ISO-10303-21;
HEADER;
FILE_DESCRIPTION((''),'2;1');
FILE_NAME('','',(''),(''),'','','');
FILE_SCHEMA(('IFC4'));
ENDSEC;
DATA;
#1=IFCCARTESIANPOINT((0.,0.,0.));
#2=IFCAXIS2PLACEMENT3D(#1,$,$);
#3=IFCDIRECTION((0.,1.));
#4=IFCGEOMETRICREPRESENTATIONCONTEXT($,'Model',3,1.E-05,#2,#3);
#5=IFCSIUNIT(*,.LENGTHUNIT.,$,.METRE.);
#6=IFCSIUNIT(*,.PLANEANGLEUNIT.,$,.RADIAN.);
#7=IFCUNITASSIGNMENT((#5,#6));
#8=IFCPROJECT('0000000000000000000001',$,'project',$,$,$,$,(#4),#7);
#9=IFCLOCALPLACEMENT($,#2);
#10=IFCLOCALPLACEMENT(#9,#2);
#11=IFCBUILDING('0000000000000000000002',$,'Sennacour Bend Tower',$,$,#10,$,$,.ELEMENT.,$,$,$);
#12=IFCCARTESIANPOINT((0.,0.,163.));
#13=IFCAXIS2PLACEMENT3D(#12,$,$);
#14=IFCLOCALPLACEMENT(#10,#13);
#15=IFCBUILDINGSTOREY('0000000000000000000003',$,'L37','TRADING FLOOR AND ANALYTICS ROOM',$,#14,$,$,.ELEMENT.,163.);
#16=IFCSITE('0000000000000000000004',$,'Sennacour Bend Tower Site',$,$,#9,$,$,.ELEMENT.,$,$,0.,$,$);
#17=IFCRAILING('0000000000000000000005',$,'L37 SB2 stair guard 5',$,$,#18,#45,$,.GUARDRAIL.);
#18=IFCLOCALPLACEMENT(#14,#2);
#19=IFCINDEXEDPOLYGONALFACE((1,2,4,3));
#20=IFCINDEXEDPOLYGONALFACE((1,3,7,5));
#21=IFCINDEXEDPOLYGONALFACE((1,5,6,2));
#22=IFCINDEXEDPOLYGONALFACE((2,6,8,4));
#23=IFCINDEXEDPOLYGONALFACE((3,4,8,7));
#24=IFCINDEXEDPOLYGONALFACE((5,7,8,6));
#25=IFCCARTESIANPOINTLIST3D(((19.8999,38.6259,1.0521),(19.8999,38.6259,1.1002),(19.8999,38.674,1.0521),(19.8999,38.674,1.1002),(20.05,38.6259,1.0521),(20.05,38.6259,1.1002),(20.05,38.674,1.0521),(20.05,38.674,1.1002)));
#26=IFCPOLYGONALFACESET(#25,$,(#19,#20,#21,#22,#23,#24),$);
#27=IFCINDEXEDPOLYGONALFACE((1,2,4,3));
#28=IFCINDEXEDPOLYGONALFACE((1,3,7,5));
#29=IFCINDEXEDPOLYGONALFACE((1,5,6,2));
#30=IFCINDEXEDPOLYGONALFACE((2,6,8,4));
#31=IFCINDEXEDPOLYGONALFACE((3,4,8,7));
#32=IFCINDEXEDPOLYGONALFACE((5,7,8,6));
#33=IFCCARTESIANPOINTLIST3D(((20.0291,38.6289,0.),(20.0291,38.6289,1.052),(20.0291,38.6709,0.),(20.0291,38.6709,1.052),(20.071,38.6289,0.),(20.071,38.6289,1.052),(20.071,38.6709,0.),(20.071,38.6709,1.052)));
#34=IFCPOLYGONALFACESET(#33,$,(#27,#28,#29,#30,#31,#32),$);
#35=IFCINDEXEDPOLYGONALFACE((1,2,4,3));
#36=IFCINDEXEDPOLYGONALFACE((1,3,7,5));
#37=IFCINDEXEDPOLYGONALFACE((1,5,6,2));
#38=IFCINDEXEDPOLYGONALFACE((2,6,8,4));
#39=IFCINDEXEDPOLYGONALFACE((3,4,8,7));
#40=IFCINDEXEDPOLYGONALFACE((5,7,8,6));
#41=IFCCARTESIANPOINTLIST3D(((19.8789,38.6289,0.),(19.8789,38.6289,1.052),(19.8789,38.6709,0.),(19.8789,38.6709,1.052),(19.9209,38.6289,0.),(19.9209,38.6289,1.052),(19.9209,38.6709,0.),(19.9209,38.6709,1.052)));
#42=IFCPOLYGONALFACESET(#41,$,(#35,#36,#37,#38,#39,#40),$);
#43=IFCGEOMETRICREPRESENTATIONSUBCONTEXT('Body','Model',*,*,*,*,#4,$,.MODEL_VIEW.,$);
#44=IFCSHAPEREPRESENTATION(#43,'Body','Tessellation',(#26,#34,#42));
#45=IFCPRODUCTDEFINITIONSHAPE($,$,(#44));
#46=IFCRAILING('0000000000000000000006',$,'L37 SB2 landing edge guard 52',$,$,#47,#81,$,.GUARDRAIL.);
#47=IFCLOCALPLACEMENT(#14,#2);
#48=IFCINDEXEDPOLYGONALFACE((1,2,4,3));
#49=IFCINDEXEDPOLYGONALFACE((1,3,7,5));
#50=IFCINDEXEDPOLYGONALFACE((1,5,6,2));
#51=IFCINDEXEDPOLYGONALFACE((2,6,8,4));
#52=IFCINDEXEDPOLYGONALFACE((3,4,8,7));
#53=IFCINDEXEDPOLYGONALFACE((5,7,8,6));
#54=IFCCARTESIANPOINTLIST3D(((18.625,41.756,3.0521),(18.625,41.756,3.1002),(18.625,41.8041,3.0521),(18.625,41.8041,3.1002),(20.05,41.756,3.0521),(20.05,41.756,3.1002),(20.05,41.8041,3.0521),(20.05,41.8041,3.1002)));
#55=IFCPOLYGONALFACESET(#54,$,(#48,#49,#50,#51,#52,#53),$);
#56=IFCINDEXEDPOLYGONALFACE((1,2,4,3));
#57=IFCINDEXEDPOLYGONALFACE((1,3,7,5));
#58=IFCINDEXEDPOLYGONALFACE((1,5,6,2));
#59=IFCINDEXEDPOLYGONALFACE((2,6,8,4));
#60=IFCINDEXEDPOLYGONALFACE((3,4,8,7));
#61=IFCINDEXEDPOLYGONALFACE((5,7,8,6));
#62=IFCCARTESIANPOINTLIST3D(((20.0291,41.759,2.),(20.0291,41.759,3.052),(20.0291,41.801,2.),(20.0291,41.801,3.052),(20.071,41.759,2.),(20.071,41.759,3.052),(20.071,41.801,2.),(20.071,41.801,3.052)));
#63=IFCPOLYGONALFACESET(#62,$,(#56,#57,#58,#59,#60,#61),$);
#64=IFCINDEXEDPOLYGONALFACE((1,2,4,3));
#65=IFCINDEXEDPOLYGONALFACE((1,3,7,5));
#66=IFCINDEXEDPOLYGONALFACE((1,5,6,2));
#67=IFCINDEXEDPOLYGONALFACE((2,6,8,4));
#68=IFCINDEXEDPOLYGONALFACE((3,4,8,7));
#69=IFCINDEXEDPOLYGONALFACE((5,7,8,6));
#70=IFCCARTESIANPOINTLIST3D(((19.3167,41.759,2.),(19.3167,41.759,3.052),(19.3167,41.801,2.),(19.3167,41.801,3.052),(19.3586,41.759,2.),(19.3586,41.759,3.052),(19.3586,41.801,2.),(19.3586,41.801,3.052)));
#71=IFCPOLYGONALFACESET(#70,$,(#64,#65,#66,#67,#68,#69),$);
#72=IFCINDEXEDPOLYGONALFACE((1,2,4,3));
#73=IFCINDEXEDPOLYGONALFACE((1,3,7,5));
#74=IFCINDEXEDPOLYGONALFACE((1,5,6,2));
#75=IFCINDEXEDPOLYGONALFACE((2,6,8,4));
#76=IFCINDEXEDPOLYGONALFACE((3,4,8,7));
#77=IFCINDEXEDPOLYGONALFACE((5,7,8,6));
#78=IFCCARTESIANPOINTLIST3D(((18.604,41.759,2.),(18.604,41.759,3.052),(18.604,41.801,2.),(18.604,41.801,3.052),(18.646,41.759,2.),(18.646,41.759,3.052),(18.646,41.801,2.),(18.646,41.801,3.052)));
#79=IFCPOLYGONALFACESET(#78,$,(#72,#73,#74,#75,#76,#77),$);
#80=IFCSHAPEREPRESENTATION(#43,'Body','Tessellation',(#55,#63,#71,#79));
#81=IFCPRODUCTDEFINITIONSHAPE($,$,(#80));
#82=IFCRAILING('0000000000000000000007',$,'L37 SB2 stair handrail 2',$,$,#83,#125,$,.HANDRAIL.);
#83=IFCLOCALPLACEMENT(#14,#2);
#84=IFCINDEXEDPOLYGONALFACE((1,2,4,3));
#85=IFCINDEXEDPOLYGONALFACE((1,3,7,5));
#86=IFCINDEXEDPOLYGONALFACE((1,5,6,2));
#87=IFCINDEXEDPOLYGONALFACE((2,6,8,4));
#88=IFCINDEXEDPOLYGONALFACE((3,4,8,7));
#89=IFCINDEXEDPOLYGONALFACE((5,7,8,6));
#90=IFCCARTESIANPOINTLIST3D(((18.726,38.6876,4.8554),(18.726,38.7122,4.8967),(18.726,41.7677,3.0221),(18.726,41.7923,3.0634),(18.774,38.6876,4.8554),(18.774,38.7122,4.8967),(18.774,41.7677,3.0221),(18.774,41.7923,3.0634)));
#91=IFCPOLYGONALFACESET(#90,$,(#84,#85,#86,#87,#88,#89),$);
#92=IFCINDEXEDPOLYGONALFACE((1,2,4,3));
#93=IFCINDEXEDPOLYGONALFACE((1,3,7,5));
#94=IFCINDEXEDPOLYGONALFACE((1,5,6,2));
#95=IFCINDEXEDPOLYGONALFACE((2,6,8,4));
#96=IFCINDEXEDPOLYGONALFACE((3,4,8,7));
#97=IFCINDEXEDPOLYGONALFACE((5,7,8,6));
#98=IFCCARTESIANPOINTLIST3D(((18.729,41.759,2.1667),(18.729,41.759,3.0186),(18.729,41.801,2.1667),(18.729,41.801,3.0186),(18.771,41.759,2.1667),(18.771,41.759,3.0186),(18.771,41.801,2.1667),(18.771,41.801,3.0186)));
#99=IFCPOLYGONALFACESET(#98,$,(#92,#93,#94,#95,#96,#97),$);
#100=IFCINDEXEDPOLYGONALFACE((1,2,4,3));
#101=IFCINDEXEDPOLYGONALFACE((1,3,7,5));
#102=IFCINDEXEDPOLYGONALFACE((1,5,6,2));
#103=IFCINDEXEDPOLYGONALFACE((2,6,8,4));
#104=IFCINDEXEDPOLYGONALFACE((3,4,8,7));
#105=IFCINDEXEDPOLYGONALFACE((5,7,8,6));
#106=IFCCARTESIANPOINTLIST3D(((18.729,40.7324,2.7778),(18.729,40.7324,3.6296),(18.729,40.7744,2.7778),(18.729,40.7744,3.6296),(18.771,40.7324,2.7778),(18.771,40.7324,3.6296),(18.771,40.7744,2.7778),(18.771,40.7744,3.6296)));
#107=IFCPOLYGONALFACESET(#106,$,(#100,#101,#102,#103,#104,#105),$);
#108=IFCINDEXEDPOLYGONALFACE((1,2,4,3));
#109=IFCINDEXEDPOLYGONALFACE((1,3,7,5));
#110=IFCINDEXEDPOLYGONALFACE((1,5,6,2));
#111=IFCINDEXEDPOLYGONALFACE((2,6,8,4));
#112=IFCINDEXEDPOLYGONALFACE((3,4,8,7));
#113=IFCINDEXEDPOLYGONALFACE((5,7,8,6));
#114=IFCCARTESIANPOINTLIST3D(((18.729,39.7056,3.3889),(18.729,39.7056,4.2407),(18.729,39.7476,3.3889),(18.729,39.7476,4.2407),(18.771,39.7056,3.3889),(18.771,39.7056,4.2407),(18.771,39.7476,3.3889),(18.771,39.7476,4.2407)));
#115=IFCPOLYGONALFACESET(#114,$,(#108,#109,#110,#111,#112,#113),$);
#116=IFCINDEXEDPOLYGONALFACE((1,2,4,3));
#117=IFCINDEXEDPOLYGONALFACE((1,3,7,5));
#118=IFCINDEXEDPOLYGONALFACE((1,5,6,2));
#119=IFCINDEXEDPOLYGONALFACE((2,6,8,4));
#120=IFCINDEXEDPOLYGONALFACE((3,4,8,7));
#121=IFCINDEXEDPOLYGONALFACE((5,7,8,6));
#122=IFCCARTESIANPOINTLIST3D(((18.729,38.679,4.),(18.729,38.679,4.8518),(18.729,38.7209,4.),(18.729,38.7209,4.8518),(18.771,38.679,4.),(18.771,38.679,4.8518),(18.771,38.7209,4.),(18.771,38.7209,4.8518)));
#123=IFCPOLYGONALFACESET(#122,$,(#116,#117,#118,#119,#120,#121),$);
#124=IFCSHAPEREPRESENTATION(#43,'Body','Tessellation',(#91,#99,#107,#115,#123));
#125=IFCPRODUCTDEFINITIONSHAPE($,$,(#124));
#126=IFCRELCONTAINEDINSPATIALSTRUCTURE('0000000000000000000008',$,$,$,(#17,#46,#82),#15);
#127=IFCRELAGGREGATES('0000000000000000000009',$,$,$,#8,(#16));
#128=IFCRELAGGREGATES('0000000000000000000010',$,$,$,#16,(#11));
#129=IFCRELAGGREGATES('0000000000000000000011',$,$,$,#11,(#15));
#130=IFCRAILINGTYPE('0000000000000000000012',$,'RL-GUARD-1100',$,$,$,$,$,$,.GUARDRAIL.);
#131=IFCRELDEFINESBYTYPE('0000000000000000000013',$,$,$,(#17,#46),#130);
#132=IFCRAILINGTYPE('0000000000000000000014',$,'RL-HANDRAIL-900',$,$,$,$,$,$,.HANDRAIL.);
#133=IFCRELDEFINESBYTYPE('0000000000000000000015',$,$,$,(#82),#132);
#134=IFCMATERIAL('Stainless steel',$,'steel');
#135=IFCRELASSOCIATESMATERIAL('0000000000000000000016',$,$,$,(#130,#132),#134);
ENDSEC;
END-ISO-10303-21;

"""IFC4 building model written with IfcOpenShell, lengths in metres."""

from ifc_helpers import new_model, si_unit, direction, frame, origin, origin_2d, place, context, subcontext, project, spatial, rectangle, extrude, material, type_object, element, save


model = new_model("IFC4")

# Units and contexts
model_context = context("Model", 3, precision=1e-05, world=origin(), true_north=direction((0.0, 1.0)))
body_context = subcontext(model_context, "Body", "Model", "MODEL_VIEW")
ifc_project = project(units=[si_unit("LENGTHUNIT", "METRE"), si_unit("PLANEANGLEUNIT", "RADIAN")], contexts=[model_context])

# Site, building, storey
site_placement = place(None, origin())
site = spatial("IfcSite", under=ifc_project, at=site_placement, Name="Sennacour Bend Tower Site", CompositionType="ELEMENT", RefElevation=0.0)
building_placement = place(site_placement, origin())
building = spatial("IfcBuilding", under=site, at=building_placement, Name="Sennacour Bend Tower", CompositionType="ELEMENT")
storey_placement = place(building_placement, frame((0.0, 0.0, 163.0)))
storey = spatial("IfcBuildingStorey", under=building, at=storey_placement, Name="L37", Description="TRADING FLOOR AND ANALYTICS ROOM", CompositionType="ELEMENT", Elevation=163.0)

# Shared definitions
ifc_material_1 = material(Name="Stainless steel", Category="steel")

# Railings
railing_type_1 = type_object("IfcRailingType", Name="RL-GUARD-1100", PredefinedType="GUARDRAIL", material=ifc_material_1)
railing_1_placement = place(storey_placement, frame((20.05, 38.6499, 0.0)))
element("IfcRailing", 1, at=railing_1_placement, inside=storey, type_object=railing_type_1, Name="L37 SB2 stair guard 5", PredefinedType="GUARDRAIL", context=body_context, shape_type="SweptSolid", body=[
    extrude(rectangle(XDim=0.0481, YDim=0.0481, at=origin_2d()), frame((0.0, 0.0, 1.0762), z_axis=(-1.0, 0.0, 0.0), x_axis=(0.0, -1.0, 0.0)), (0.0, 0.0, 1.0), 0.1501),
    extrude(rectangle(XDim=0.042, YDim=0.042, at=origin_2d()), origin(), (0.0, 0.0, 1.0), 1.052),
    extrude(rectangle(XDim=0.042, YDim=0.042, at=origin_2d()), frame((-0.1501, 0.0, 0.0)), (0.0, 0.0, 1.0), 1.052),
])
railing_2_placement = place(storey_placement, frame((20.05, 41.78, 2.0)))
element("IfcRailing", 2, at=railing_2_placement, inside=storey, type_object=railing_type_1, Name="L37 SB2 landing edge guard 52", PredefinedType="GUARDRAIL", context=body_context, shape_type="SweptSolid", body=[
    extrude(rectangle(XDim=0.0481, YDim=0.0481, at=origin_2d()), frame((0.0, 0.0, 1.0762), z_axis=(-1.0, 0.0, 0.0), x_axis=(0.0, -1.0, 0.0)), (0.0, 0.0, 1.0), 1.425),
    extrude(rectangle(XDim=0.042, YDim=0.042, at=origin_2d()), origin(), (0.0, 0.0, 1.0), 1.052),
    extrude(rectangle(XDim=0.042, YDim=0.042, at=origin_2d()), frame((-0.7124, 0.0, 0.0)), (0.0, 0.0, 1.0), 1.052),
    extrude(rectangle(XDim=0.042, YDim=0.042, at=origin_2d()), frame((-1.425, 0.0, 0.0)), (0.0, 0.0, 1.0), 1.052),
])
railing_type_2 = type_object("IfcRailingType", Name="RL-HANDRAIL-900", PredefinedType="HANDRAIL", material=ifc_material_1)
railing_3_placement = place(storey_placement, frame((18.75, 41.78, 2.1667)))
element("IfcRailing", 3, at=railing_3_placement, inside=storey, type_object=railing_type_2, Name="L37 SB2 stair handrail 2", PredefinedType="HANDRAIL", context=body_context, shape_type="SweptSolid", body=[
    extrude(rectangle(XDim=0.0481, YDim=0.0481, at=origin_2d()), frame((0.0, 0.0, 0.876), z_axis=(0.0, -0.859309, 0.511458), x_axis=(1.0, 0.0, 0.0)), (0.0, 0.0, 1.0), 3.5845),
    extrude(rectangle(XDim=0.042, YDim=0.042, at=origin_2d()), origin(), (0.0, 0.0, 1.0), 0.8518),
    extrude(rectangle(XDim=0.042, YDim=0.042, at=origin_2d()), frame((0.0, -1.0266, 0.6111)), (0.0, 0.0, 1.0), 0.8518),
    extrude(rectangle(XDim=0.042, YDim=0.042, at=origin_2d()), frame((0.0, -2.0535, 1.2222)), (0.0, 0.0, 1.0), 0.8518),
    extrude(rectangle(XDim=0.042, YDim=0.042, at=origin_2d()), frame((0.0, -3.0801, 1.8333)), (0.0, 0.0, 1.0), 0.8518),
])

save(model, "model.ifc")
